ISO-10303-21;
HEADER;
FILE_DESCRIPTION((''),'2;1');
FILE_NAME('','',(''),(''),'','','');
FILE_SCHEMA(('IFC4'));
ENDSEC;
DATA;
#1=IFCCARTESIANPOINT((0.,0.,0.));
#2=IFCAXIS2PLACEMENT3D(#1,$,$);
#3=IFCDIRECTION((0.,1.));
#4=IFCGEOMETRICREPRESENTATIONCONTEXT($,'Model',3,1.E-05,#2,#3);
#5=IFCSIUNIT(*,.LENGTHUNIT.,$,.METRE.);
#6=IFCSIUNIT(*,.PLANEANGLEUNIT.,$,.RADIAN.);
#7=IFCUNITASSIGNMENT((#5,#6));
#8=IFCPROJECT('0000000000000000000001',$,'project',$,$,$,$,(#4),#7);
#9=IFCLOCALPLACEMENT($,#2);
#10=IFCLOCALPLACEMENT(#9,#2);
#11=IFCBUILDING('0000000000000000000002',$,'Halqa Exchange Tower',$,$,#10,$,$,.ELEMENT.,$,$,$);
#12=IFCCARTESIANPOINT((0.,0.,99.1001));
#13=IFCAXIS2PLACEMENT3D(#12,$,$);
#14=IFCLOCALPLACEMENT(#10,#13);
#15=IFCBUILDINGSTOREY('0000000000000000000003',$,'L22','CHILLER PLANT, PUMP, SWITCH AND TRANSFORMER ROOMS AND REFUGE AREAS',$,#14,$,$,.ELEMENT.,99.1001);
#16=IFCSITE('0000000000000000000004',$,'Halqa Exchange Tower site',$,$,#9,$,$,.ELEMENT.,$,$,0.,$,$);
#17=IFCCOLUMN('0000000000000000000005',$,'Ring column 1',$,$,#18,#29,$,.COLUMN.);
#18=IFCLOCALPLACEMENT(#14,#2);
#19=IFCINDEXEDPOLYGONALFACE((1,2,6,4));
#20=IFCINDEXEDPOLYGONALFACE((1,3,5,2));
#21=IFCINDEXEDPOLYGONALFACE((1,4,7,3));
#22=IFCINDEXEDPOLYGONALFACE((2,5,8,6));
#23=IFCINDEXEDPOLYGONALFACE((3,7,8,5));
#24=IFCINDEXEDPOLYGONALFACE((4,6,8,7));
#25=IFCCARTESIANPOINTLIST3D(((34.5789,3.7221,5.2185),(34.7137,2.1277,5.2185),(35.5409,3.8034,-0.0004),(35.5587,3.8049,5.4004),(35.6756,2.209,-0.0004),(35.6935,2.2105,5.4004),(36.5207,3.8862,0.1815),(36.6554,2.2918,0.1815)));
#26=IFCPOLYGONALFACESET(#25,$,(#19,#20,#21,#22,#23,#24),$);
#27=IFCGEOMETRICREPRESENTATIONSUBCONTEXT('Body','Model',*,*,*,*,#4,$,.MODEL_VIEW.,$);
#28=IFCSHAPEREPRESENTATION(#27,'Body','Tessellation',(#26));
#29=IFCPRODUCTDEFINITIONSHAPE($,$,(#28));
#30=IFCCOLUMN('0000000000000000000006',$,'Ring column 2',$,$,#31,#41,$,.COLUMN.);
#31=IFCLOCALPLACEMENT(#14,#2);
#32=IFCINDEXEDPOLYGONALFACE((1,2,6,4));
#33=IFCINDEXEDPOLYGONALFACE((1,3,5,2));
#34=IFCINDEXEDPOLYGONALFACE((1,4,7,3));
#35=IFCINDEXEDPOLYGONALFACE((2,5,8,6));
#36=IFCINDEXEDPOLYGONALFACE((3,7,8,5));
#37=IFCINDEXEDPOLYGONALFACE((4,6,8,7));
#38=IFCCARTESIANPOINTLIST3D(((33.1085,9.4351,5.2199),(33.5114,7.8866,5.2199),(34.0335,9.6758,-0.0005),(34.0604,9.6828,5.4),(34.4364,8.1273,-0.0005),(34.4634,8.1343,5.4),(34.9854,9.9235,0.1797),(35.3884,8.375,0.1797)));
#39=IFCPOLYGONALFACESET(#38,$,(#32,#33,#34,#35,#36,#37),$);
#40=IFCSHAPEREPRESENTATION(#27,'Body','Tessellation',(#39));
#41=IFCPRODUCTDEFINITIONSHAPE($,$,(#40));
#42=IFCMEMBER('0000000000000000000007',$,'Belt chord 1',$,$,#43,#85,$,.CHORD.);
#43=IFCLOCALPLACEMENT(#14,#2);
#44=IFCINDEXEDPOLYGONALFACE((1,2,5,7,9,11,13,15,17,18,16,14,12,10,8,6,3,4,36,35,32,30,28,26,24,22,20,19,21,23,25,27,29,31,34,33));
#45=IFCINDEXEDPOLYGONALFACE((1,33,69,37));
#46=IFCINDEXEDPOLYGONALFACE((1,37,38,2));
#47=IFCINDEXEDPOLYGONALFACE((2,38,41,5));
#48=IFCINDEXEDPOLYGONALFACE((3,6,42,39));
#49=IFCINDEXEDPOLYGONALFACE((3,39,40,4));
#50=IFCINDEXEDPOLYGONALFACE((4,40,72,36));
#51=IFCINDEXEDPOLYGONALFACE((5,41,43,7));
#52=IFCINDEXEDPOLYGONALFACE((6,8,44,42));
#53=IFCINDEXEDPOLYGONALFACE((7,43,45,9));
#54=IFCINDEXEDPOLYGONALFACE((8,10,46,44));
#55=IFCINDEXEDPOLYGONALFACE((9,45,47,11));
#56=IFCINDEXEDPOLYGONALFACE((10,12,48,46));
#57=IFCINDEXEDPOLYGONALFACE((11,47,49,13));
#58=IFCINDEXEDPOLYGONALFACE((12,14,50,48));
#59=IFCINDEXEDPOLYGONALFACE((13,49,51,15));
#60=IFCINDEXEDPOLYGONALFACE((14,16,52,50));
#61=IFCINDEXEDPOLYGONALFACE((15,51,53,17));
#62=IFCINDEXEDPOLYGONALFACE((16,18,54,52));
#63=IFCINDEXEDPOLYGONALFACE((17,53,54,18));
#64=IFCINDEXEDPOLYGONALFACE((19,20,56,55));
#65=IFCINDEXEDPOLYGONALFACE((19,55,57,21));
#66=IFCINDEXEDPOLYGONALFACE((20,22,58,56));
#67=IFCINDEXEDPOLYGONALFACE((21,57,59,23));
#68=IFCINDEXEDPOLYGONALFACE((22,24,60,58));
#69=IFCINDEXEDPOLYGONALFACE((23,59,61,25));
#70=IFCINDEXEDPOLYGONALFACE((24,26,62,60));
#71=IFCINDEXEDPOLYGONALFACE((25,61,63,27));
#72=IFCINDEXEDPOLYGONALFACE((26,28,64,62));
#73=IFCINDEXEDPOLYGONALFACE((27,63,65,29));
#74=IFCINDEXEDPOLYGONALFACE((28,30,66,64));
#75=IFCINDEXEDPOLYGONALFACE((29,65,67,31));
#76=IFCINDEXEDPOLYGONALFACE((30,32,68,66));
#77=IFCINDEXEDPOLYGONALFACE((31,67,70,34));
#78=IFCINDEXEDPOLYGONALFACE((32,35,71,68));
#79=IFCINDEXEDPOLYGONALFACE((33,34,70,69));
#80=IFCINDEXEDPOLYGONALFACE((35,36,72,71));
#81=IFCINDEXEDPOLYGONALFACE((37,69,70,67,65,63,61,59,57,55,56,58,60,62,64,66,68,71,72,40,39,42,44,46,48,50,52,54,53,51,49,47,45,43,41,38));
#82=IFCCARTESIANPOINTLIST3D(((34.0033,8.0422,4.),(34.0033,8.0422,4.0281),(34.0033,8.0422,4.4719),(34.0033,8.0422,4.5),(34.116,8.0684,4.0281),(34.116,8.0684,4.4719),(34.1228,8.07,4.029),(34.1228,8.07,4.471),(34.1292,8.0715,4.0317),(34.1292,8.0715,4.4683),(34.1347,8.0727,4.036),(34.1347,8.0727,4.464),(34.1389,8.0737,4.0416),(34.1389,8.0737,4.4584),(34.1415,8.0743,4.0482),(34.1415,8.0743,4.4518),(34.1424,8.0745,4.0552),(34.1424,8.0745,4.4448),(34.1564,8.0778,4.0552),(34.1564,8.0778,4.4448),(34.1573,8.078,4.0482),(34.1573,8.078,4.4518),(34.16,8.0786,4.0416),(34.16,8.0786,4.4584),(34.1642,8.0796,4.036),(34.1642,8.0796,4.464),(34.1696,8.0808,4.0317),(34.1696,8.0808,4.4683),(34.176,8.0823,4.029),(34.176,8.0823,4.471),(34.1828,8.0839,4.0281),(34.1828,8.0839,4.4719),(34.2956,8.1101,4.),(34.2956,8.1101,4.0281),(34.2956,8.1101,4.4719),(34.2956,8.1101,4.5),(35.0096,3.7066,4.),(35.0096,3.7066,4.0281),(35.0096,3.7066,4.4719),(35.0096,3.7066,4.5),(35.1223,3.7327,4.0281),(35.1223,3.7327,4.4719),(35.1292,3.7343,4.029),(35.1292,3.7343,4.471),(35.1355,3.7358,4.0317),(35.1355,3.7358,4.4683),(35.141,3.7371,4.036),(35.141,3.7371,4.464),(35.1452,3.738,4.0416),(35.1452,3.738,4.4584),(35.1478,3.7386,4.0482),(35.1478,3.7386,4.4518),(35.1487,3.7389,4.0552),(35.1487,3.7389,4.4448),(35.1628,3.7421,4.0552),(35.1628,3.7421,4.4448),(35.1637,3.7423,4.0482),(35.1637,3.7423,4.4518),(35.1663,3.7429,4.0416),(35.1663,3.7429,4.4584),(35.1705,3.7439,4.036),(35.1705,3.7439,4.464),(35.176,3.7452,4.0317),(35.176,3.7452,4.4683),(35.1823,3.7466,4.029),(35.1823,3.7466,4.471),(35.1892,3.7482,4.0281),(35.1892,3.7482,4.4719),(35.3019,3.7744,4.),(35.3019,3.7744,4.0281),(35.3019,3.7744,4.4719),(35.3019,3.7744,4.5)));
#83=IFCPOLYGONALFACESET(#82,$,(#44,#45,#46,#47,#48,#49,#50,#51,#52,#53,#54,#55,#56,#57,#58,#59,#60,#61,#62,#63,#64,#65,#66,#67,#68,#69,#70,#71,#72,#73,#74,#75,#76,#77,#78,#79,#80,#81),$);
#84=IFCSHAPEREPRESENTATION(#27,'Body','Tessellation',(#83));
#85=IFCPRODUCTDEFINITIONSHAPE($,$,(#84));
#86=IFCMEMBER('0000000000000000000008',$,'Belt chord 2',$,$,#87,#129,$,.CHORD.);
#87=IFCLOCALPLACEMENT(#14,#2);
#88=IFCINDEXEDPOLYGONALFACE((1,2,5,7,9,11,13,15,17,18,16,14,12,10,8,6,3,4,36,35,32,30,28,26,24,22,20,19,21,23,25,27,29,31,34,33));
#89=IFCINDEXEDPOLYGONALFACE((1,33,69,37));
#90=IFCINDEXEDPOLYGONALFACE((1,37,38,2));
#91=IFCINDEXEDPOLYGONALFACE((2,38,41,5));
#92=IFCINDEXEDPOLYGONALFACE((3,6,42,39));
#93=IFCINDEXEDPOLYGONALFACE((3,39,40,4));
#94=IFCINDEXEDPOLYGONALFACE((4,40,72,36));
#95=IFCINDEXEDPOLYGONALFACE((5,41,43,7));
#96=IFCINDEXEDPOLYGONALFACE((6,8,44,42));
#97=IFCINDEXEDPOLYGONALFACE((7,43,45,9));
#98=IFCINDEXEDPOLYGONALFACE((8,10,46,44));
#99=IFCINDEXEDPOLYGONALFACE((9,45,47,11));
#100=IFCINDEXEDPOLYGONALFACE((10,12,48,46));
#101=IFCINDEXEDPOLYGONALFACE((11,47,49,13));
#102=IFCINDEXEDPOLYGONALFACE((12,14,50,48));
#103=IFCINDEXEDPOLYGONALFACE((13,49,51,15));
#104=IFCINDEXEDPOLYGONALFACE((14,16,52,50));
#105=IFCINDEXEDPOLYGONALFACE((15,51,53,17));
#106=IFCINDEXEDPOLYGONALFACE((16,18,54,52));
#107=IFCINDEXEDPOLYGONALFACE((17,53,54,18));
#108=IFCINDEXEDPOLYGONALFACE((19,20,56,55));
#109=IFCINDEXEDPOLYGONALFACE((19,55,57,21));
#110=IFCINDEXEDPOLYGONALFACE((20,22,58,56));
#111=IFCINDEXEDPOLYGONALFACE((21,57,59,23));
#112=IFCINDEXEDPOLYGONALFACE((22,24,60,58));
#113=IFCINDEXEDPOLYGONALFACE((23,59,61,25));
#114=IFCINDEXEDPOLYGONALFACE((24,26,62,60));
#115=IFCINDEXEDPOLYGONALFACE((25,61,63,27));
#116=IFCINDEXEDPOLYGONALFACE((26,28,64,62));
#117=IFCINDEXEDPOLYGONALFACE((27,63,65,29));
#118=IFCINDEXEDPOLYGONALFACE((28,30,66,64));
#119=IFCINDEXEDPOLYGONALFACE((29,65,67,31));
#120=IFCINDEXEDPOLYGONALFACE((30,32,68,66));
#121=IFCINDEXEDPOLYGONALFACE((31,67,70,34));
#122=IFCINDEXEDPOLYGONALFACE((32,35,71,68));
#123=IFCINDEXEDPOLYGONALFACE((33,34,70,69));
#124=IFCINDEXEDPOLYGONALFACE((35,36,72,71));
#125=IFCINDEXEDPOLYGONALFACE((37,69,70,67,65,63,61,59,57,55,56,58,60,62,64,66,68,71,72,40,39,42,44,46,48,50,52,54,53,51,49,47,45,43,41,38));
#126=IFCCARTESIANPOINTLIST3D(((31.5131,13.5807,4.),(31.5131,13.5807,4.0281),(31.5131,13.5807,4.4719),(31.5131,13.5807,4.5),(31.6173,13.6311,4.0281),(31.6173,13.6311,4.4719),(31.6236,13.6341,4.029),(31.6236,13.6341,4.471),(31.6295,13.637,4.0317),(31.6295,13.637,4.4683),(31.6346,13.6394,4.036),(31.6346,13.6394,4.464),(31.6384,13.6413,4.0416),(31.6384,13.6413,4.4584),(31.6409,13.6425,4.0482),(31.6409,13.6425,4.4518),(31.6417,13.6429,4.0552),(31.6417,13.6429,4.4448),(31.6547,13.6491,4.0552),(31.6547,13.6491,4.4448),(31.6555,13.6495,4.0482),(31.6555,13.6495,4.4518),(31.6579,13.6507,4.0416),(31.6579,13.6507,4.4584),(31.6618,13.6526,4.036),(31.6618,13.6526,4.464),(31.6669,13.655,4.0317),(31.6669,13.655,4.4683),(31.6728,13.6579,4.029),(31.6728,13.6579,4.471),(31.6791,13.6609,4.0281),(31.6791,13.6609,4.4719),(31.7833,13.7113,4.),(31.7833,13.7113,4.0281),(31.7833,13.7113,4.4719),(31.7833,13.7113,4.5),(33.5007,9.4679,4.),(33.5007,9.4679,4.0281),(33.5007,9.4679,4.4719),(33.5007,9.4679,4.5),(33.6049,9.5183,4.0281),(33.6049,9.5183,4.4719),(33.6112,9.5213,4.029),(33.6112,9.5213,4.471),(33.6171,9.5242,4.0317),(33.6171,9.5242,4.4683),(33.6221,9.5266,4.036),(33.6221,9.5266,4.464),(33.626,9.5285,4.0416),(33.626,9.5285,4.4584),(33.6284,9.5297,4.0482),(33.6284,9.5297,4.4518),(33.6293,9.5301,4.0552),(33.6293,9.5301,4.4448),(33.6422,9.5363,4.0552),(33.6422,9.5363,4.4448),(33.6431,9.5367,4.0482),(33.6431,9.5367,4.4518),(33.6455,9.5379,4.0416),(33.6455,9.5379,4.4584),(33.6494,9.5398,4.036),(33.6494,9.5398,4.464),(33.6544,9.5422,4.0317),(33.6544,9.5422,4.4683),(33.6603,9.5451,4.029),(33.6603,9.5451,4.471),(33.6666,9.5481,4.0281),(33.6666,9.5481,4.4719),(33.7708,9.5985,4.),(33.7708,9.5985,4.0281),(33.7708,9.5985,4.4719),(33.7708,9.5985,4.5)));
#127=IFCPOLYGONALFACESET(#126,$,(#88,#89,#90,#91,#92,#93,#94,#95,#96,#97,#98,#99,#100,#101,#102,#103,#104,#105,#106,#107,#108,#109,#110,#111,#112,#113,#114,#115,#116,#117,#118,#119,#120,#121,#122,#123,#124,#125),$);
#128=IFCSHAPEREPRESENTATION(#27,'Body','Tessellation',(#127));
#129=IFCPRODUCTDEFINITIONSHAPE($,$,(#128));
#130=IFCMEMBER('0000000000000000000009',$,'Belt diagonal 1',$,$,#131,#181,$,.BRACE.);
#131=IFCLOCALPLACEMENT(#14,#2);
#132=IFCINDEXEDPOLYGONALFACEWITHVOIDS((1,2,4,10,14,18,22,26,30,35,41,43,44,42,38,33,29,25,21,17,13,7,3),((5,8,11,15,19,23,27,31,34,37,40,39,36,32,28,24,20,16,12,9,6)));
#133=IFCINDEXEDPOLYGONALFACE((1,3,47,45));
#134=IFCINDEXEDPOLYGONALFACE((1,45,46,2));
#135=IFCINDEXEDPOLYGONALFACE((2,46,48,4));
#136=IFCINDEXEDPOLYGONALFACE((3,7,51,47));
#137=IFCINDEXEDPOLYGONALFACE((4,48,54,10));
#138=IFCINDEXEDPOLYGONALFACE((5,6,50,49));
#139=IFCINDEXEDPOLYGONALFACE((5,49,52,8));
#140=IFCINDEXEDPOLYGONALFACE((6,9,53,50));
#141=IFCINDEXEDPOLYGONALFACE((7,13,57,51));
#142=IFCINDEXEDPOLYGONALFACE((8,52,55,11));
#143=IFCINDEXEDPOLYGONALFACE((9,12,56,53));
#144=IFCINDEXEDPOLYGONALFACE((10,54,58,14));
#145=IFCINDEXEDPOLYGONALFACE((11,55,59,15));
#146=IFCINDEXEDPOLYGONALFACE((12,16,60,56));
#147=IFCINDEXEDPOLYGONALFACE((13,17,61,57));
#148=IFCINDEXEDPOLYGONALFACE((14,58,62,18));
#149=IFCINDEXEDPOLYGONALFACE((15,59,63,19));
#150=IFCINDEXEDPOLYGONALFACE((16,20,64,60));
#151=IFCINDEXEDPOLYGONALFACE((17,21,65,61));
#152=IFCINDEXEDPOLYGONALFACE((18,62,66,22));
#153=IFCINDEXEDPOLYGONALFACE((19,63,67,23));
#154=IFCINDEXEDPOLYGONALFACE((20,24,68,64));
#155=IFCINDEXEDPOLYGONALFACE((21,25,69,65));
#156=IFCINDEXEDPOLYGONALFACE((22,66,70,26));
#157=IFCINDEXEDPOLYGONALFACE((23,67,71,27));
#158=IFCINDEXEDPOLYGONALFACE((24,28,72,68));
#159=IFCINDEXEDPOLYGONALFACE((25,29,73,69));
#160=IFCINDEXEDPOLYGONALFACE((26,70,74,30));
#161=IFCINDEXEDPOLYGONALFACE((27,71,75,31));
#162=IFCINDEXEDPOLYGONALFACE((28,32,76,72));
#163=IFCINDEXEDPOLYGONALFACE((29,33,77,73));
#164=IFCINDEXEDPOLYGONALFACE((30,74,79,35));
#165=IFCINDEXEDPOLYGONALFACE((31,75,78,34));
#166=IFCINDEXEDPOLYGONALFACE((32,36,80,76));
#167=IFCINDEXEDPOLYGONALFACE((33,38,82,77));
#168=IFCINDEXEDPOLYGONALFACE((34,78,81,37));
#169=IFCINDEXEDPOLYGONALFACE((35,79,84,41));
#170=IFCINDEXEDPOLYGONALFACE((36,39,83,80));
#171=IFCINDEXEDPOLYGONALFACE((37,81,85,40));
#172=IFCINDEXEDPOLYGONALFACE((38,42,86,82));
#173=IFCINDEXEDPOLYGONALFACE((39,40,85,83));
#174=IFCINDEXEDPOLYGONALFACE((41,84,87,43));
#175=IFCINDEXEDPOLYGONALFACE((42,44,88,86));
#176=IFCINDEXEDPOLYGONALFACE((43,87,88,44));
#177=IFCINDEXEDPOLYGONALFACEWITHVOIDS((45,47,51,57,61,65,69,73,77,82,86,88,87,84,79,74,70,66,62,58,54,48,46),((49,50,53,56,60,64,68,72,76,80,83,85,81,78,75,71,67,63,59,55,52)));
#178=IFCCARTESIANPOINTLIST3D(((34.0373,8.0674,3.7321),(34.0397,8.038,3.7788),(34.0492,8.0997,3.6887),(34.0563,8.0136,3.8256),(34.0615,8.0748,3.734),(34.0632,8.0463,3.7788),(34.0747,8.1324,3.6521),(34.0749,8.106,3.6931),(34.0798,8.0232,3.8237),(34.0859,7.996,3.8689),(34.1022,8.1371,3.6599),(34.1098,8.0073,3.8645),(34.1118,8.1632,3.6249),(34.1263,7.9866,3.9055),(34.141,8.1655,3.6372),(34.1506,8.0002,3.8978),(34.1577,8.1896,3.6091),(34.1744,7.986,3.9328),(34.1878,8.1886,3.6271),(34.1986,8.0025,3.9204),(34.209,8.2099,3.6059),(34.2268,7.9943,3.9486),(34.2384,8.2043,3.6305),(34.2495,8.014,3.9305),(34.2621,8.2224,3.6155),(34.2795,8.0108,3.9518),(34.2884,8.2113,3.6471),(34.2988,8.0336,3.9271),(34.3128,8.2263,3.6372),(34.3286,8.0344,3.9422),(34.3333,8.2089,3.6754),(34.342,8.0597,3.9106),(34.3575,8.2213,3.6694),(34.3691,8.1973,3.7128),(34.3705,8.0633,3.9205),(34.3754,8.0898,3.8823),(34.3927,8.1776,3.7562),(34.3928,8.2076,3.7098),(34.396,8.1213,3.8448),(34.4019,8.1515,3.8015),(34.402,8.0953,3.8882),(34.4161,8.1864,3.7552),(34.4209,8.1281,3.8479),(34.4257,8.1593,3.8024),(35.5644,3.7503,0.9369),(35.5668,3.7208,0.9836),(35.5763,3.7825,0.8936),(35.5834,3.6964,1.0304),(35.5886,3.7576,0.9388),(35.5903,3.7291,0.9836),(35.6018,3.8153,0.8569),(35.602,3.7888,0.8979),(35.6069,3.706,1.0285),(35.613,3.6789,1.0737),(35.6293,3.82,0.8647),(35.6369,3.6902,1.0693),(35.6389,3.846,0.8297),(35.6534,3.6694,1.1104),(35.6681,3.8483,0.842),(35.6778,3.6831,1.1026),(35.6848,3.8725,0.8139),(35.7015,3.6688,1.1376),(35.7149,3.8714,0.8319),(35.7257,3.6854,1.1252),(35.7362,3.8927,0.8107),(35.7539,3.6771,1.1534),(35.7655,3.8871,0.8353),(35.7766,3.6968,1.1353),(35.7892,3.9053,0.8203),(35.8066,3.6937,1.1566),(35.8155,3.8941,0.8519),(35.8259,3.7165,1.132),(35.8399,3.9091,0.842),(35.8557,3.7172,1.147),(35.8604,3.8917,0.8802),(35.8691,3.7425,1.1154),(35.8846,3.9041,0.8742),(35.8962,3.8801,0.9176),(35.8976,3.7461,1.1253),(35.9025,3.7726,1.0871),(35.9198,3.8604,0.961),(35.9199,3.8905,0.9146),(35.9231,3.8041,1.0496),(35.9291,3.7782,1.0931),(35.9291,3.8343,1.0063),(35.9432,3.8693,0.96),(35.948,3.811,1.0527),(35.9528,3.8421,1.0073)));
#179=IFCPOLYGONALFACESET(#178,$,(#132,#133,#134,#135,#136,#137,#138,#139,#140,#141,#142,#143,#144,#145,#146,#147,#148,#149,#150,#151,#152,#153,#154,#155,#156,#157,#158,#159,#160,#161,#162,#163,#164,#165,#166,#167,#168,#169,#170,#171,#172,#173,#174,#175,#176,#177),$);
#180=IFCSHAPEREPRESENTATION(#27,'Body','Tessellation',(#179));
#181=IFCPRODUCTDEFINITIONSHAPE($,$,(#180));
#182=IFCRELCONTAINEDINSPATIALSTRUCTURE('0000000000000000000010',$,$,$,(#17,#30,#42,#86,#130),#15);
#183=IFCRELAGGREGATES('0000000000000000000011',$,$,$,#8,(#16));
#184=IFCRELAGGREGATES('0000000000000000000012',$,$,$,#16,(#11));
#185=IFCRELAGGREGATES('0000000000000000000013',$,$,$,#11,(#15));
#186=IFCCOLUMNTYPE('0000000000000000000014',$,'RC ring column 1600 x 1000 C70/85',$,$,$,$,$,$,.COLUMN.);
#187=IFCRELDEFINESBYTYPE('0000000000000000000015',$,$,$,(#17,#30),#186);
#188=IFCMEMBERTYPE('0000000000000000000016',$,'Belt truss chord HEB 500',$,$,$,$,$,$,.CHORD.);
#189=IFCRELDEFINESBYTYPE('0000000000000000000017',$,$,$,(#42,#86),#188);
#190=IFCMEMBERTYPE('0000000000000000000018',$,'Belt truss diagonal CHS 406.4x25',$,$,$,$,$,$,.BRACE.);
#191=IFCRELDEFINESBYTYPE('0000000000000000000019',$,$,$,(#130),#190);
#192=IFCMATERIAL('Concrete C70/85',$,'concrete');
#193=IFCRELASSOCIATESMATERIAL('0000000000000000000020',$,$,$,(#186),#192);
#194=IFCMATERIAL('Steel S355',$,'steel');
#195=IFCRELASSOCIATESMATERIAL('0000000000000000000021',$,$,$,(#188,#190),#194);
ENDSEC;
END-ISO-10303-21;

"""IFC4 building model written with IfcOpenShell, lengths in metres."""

from ifc_helpers import new_model, si_unit, direction, frame, origin, origin_2d, place, context, subcontext, project, spatial, rectangle, hollow_circle, i_section, extrude, material, material_profile, profile_set, type_object, element, save


model = new_model("IFC4")

# Units and contexts
model_context = context("Model", 3, precision=1e-05, world=origin(), true_north=direction((0.0, 1.0)))
body_context = subcontext(model_context, "Body", "Model", "MODEL_VIEW")
ifc_project = project(units=[si_unit("LENGTHUNIT", "METRE"), si_unit("PLANEANGLEUNIT", "RADIAN")], contexts=[model_context])

# Site, building, storey
site_placement = place(None, origin())
site = spatial("IfcSite", under=ifc_project, at=site_placement, Name="Halqa Exchange Tower site", CompositionType="ELEMENT", RefElevation=0.0)
building_placement = place(site_placement, origin())
building = spatial("IfcBuilding", under=site, at=building_placement, Name="Halqa Exchange Tower", CompositionType="ELEMENT")
storey_placement = place(building_placement, frame((0.0, 0.0, 99.1001)))
storey = spatial("IfcBuildingStorey", under=building, at=storey_placement, Name="L22", Description="CHILLER PLANT, PUMP, SWITCH AND TRANSFORMER ROOMS AND REFUGE AREAS", CompositionType="ELEMENT", Elevation=99.1001)

# Columns
ifc_material_1 = material(Name="Concrete C70/85", Category="concrete")
ifc_material_profile_1 = material_profile(ifc_material_1, rectangle(XDim=1.6001, YDim=1.0, at=origin_2d()), Name="1600 x 1000")
ifc_profile_set_1 = profile_set([ifc_material_profile_1], Name="Concrete C70/85")
column_type = type_object("IfcColumnType", Name="RC ring column 1600 x 1000 C70/85", PredefinedType="COLUMN", material=ifc_profile_set_1)
column_1_placement = place(storey_placement, frame((36.0981, 3.0476, 0.0906), z_axis=(-0.181244, -0.015318, 0.983319), x_axis=(0.084218, -0.996447, 0.0)))
element("IfcColumn", 1, at=column_1_placement, inside=storey, type_object=column_type, Name="Ring column 1", PredefinedType="COLUMN", context=body_context, shape_type="SweptSolid", body=[
    extrude(rectangle(XDim=1.6001, YDim=1.0, at=origin_2d()), origin(), (0.0, 0.0, 1.0), 5.3074),
])
column_2_placement = place(storey_placement, frame((34.7109, 9.0254, 0.0896), z_axis=(-0.174299, -0.045357, 0.983648), x_axis=(0.25184, -0.967769, 0.0)))
element("IfcColumn", 2, at=column_2_placement, inside=storey, type_object=column_type, Name="Ring column 2", PredefinedType="COLUMN", context=body_context, shape_type="SweptSolid", body=[
    extrude(rectangle(XDim=1.6001, YDim=1.0, at=origin_2d()), origin(), (0.0, 0.0, 1.0), 5.3071),
])

# Members
ifc_material_2 = material(Name="Steel S355", Category="steel")
ifc_material_profile_2 = material_profile(ifc_material_2, i_section(OverallWidth=0.3, OverallDepth=0.5, WebThickness=0.0144, FlangeThickness=0.0281, FilletRadius=0.0271, at=origin_2d()), Name="HEB 500")
ifc_profile_set_2 = profile_set([ifc_material_profile_2], Name="Steel S355")
member_type_1 = type_object("IfcMemberType", Name="Belt truss chord HEB 500", PredefinedType="CHORD", material=ifc_profile_set_2)
member_1_placement = place(storey_placement, frame((35.1558, 3.7405, 4.25), z_axis=(-0.226097, 0.974105, 0.0), x_axis=(-0.974105, -0.226097, 0.0)))
element("IfcMember", 3, at=member_1_placement, inside=storey, type_object=member_type_1, Name="Belt chord 1", PredefinedType="CHORD", context=body_context, shape_type="SweptSolid", body=[
    extrude(i_section(OverallWidth=0.3, OverallDepth=0.5, WebThickness=0.0144, FlangeThickness=0.0281, FilletRadius=0.0271, at=origin_2d()), origin(), (0.0, 0.0, 1.0), 4.4509),
])
member_2_placement = place(storey_placement, frame((33.6357, 9.5332, 4.25), z_axis=(-0.435115, 0.900375, 0.0), x_axis=(-0.900375, -0.435115, 0.0)))
element("IfcMember", 4, at=member_2_placement, inside=storey, type_object=member_type_1, Name="Belt chord 2", PredefinedType="CHORD", context=body_context, shape_type="SweptSolid", body=[
    extrude(i_section(OverallWidth=0.3, OverallDepth=0.5, WebThickness=0.0144, FlangeThickness=0.0281, FilletRadius=0.0271, at=origin_2d()), origin(), (0.0, 0.0, 1.0), 4.5679),
])
ifc_material_profile_3 = material_profile(ifc_material_2, hollow_circle(Radius=0.2031, WallThickness=0.0249, at=origin_2d()), Name="CHS 406.4x25")
ifc_profile_set_3 = profile_set([ifc_material_profile_3], Name="Steel S355")
member_type_2 = type_object("IfcMemberType", Name="Belt truss diagonal CHS 406.4x25", PredefinedType="BRACE", material=ifc_profile_set_3)
member_3_placement = place(storey_placement, frame((35.7583, 3.7886, 0.9836), z_axis=(-0.284644, 0.804693, 0.521005), x_axis=(-0.942757, -0.333481, 0.0)))
element("IfcMember", 5, at=member_3_placement, inside=storey, type_object=member_type_2, Name="Belt diagonal 1", PredefinedType="BRACE", context=body_context, shape_type="SweptSolid", body=[
    extrude(hollow_circle(Radius=0.2031, WallThickness=0.0249, at=origin_2d()), origin(), (0.0, 0.0, 1.0), 5.365),
])

save(model, "model.ifc")
